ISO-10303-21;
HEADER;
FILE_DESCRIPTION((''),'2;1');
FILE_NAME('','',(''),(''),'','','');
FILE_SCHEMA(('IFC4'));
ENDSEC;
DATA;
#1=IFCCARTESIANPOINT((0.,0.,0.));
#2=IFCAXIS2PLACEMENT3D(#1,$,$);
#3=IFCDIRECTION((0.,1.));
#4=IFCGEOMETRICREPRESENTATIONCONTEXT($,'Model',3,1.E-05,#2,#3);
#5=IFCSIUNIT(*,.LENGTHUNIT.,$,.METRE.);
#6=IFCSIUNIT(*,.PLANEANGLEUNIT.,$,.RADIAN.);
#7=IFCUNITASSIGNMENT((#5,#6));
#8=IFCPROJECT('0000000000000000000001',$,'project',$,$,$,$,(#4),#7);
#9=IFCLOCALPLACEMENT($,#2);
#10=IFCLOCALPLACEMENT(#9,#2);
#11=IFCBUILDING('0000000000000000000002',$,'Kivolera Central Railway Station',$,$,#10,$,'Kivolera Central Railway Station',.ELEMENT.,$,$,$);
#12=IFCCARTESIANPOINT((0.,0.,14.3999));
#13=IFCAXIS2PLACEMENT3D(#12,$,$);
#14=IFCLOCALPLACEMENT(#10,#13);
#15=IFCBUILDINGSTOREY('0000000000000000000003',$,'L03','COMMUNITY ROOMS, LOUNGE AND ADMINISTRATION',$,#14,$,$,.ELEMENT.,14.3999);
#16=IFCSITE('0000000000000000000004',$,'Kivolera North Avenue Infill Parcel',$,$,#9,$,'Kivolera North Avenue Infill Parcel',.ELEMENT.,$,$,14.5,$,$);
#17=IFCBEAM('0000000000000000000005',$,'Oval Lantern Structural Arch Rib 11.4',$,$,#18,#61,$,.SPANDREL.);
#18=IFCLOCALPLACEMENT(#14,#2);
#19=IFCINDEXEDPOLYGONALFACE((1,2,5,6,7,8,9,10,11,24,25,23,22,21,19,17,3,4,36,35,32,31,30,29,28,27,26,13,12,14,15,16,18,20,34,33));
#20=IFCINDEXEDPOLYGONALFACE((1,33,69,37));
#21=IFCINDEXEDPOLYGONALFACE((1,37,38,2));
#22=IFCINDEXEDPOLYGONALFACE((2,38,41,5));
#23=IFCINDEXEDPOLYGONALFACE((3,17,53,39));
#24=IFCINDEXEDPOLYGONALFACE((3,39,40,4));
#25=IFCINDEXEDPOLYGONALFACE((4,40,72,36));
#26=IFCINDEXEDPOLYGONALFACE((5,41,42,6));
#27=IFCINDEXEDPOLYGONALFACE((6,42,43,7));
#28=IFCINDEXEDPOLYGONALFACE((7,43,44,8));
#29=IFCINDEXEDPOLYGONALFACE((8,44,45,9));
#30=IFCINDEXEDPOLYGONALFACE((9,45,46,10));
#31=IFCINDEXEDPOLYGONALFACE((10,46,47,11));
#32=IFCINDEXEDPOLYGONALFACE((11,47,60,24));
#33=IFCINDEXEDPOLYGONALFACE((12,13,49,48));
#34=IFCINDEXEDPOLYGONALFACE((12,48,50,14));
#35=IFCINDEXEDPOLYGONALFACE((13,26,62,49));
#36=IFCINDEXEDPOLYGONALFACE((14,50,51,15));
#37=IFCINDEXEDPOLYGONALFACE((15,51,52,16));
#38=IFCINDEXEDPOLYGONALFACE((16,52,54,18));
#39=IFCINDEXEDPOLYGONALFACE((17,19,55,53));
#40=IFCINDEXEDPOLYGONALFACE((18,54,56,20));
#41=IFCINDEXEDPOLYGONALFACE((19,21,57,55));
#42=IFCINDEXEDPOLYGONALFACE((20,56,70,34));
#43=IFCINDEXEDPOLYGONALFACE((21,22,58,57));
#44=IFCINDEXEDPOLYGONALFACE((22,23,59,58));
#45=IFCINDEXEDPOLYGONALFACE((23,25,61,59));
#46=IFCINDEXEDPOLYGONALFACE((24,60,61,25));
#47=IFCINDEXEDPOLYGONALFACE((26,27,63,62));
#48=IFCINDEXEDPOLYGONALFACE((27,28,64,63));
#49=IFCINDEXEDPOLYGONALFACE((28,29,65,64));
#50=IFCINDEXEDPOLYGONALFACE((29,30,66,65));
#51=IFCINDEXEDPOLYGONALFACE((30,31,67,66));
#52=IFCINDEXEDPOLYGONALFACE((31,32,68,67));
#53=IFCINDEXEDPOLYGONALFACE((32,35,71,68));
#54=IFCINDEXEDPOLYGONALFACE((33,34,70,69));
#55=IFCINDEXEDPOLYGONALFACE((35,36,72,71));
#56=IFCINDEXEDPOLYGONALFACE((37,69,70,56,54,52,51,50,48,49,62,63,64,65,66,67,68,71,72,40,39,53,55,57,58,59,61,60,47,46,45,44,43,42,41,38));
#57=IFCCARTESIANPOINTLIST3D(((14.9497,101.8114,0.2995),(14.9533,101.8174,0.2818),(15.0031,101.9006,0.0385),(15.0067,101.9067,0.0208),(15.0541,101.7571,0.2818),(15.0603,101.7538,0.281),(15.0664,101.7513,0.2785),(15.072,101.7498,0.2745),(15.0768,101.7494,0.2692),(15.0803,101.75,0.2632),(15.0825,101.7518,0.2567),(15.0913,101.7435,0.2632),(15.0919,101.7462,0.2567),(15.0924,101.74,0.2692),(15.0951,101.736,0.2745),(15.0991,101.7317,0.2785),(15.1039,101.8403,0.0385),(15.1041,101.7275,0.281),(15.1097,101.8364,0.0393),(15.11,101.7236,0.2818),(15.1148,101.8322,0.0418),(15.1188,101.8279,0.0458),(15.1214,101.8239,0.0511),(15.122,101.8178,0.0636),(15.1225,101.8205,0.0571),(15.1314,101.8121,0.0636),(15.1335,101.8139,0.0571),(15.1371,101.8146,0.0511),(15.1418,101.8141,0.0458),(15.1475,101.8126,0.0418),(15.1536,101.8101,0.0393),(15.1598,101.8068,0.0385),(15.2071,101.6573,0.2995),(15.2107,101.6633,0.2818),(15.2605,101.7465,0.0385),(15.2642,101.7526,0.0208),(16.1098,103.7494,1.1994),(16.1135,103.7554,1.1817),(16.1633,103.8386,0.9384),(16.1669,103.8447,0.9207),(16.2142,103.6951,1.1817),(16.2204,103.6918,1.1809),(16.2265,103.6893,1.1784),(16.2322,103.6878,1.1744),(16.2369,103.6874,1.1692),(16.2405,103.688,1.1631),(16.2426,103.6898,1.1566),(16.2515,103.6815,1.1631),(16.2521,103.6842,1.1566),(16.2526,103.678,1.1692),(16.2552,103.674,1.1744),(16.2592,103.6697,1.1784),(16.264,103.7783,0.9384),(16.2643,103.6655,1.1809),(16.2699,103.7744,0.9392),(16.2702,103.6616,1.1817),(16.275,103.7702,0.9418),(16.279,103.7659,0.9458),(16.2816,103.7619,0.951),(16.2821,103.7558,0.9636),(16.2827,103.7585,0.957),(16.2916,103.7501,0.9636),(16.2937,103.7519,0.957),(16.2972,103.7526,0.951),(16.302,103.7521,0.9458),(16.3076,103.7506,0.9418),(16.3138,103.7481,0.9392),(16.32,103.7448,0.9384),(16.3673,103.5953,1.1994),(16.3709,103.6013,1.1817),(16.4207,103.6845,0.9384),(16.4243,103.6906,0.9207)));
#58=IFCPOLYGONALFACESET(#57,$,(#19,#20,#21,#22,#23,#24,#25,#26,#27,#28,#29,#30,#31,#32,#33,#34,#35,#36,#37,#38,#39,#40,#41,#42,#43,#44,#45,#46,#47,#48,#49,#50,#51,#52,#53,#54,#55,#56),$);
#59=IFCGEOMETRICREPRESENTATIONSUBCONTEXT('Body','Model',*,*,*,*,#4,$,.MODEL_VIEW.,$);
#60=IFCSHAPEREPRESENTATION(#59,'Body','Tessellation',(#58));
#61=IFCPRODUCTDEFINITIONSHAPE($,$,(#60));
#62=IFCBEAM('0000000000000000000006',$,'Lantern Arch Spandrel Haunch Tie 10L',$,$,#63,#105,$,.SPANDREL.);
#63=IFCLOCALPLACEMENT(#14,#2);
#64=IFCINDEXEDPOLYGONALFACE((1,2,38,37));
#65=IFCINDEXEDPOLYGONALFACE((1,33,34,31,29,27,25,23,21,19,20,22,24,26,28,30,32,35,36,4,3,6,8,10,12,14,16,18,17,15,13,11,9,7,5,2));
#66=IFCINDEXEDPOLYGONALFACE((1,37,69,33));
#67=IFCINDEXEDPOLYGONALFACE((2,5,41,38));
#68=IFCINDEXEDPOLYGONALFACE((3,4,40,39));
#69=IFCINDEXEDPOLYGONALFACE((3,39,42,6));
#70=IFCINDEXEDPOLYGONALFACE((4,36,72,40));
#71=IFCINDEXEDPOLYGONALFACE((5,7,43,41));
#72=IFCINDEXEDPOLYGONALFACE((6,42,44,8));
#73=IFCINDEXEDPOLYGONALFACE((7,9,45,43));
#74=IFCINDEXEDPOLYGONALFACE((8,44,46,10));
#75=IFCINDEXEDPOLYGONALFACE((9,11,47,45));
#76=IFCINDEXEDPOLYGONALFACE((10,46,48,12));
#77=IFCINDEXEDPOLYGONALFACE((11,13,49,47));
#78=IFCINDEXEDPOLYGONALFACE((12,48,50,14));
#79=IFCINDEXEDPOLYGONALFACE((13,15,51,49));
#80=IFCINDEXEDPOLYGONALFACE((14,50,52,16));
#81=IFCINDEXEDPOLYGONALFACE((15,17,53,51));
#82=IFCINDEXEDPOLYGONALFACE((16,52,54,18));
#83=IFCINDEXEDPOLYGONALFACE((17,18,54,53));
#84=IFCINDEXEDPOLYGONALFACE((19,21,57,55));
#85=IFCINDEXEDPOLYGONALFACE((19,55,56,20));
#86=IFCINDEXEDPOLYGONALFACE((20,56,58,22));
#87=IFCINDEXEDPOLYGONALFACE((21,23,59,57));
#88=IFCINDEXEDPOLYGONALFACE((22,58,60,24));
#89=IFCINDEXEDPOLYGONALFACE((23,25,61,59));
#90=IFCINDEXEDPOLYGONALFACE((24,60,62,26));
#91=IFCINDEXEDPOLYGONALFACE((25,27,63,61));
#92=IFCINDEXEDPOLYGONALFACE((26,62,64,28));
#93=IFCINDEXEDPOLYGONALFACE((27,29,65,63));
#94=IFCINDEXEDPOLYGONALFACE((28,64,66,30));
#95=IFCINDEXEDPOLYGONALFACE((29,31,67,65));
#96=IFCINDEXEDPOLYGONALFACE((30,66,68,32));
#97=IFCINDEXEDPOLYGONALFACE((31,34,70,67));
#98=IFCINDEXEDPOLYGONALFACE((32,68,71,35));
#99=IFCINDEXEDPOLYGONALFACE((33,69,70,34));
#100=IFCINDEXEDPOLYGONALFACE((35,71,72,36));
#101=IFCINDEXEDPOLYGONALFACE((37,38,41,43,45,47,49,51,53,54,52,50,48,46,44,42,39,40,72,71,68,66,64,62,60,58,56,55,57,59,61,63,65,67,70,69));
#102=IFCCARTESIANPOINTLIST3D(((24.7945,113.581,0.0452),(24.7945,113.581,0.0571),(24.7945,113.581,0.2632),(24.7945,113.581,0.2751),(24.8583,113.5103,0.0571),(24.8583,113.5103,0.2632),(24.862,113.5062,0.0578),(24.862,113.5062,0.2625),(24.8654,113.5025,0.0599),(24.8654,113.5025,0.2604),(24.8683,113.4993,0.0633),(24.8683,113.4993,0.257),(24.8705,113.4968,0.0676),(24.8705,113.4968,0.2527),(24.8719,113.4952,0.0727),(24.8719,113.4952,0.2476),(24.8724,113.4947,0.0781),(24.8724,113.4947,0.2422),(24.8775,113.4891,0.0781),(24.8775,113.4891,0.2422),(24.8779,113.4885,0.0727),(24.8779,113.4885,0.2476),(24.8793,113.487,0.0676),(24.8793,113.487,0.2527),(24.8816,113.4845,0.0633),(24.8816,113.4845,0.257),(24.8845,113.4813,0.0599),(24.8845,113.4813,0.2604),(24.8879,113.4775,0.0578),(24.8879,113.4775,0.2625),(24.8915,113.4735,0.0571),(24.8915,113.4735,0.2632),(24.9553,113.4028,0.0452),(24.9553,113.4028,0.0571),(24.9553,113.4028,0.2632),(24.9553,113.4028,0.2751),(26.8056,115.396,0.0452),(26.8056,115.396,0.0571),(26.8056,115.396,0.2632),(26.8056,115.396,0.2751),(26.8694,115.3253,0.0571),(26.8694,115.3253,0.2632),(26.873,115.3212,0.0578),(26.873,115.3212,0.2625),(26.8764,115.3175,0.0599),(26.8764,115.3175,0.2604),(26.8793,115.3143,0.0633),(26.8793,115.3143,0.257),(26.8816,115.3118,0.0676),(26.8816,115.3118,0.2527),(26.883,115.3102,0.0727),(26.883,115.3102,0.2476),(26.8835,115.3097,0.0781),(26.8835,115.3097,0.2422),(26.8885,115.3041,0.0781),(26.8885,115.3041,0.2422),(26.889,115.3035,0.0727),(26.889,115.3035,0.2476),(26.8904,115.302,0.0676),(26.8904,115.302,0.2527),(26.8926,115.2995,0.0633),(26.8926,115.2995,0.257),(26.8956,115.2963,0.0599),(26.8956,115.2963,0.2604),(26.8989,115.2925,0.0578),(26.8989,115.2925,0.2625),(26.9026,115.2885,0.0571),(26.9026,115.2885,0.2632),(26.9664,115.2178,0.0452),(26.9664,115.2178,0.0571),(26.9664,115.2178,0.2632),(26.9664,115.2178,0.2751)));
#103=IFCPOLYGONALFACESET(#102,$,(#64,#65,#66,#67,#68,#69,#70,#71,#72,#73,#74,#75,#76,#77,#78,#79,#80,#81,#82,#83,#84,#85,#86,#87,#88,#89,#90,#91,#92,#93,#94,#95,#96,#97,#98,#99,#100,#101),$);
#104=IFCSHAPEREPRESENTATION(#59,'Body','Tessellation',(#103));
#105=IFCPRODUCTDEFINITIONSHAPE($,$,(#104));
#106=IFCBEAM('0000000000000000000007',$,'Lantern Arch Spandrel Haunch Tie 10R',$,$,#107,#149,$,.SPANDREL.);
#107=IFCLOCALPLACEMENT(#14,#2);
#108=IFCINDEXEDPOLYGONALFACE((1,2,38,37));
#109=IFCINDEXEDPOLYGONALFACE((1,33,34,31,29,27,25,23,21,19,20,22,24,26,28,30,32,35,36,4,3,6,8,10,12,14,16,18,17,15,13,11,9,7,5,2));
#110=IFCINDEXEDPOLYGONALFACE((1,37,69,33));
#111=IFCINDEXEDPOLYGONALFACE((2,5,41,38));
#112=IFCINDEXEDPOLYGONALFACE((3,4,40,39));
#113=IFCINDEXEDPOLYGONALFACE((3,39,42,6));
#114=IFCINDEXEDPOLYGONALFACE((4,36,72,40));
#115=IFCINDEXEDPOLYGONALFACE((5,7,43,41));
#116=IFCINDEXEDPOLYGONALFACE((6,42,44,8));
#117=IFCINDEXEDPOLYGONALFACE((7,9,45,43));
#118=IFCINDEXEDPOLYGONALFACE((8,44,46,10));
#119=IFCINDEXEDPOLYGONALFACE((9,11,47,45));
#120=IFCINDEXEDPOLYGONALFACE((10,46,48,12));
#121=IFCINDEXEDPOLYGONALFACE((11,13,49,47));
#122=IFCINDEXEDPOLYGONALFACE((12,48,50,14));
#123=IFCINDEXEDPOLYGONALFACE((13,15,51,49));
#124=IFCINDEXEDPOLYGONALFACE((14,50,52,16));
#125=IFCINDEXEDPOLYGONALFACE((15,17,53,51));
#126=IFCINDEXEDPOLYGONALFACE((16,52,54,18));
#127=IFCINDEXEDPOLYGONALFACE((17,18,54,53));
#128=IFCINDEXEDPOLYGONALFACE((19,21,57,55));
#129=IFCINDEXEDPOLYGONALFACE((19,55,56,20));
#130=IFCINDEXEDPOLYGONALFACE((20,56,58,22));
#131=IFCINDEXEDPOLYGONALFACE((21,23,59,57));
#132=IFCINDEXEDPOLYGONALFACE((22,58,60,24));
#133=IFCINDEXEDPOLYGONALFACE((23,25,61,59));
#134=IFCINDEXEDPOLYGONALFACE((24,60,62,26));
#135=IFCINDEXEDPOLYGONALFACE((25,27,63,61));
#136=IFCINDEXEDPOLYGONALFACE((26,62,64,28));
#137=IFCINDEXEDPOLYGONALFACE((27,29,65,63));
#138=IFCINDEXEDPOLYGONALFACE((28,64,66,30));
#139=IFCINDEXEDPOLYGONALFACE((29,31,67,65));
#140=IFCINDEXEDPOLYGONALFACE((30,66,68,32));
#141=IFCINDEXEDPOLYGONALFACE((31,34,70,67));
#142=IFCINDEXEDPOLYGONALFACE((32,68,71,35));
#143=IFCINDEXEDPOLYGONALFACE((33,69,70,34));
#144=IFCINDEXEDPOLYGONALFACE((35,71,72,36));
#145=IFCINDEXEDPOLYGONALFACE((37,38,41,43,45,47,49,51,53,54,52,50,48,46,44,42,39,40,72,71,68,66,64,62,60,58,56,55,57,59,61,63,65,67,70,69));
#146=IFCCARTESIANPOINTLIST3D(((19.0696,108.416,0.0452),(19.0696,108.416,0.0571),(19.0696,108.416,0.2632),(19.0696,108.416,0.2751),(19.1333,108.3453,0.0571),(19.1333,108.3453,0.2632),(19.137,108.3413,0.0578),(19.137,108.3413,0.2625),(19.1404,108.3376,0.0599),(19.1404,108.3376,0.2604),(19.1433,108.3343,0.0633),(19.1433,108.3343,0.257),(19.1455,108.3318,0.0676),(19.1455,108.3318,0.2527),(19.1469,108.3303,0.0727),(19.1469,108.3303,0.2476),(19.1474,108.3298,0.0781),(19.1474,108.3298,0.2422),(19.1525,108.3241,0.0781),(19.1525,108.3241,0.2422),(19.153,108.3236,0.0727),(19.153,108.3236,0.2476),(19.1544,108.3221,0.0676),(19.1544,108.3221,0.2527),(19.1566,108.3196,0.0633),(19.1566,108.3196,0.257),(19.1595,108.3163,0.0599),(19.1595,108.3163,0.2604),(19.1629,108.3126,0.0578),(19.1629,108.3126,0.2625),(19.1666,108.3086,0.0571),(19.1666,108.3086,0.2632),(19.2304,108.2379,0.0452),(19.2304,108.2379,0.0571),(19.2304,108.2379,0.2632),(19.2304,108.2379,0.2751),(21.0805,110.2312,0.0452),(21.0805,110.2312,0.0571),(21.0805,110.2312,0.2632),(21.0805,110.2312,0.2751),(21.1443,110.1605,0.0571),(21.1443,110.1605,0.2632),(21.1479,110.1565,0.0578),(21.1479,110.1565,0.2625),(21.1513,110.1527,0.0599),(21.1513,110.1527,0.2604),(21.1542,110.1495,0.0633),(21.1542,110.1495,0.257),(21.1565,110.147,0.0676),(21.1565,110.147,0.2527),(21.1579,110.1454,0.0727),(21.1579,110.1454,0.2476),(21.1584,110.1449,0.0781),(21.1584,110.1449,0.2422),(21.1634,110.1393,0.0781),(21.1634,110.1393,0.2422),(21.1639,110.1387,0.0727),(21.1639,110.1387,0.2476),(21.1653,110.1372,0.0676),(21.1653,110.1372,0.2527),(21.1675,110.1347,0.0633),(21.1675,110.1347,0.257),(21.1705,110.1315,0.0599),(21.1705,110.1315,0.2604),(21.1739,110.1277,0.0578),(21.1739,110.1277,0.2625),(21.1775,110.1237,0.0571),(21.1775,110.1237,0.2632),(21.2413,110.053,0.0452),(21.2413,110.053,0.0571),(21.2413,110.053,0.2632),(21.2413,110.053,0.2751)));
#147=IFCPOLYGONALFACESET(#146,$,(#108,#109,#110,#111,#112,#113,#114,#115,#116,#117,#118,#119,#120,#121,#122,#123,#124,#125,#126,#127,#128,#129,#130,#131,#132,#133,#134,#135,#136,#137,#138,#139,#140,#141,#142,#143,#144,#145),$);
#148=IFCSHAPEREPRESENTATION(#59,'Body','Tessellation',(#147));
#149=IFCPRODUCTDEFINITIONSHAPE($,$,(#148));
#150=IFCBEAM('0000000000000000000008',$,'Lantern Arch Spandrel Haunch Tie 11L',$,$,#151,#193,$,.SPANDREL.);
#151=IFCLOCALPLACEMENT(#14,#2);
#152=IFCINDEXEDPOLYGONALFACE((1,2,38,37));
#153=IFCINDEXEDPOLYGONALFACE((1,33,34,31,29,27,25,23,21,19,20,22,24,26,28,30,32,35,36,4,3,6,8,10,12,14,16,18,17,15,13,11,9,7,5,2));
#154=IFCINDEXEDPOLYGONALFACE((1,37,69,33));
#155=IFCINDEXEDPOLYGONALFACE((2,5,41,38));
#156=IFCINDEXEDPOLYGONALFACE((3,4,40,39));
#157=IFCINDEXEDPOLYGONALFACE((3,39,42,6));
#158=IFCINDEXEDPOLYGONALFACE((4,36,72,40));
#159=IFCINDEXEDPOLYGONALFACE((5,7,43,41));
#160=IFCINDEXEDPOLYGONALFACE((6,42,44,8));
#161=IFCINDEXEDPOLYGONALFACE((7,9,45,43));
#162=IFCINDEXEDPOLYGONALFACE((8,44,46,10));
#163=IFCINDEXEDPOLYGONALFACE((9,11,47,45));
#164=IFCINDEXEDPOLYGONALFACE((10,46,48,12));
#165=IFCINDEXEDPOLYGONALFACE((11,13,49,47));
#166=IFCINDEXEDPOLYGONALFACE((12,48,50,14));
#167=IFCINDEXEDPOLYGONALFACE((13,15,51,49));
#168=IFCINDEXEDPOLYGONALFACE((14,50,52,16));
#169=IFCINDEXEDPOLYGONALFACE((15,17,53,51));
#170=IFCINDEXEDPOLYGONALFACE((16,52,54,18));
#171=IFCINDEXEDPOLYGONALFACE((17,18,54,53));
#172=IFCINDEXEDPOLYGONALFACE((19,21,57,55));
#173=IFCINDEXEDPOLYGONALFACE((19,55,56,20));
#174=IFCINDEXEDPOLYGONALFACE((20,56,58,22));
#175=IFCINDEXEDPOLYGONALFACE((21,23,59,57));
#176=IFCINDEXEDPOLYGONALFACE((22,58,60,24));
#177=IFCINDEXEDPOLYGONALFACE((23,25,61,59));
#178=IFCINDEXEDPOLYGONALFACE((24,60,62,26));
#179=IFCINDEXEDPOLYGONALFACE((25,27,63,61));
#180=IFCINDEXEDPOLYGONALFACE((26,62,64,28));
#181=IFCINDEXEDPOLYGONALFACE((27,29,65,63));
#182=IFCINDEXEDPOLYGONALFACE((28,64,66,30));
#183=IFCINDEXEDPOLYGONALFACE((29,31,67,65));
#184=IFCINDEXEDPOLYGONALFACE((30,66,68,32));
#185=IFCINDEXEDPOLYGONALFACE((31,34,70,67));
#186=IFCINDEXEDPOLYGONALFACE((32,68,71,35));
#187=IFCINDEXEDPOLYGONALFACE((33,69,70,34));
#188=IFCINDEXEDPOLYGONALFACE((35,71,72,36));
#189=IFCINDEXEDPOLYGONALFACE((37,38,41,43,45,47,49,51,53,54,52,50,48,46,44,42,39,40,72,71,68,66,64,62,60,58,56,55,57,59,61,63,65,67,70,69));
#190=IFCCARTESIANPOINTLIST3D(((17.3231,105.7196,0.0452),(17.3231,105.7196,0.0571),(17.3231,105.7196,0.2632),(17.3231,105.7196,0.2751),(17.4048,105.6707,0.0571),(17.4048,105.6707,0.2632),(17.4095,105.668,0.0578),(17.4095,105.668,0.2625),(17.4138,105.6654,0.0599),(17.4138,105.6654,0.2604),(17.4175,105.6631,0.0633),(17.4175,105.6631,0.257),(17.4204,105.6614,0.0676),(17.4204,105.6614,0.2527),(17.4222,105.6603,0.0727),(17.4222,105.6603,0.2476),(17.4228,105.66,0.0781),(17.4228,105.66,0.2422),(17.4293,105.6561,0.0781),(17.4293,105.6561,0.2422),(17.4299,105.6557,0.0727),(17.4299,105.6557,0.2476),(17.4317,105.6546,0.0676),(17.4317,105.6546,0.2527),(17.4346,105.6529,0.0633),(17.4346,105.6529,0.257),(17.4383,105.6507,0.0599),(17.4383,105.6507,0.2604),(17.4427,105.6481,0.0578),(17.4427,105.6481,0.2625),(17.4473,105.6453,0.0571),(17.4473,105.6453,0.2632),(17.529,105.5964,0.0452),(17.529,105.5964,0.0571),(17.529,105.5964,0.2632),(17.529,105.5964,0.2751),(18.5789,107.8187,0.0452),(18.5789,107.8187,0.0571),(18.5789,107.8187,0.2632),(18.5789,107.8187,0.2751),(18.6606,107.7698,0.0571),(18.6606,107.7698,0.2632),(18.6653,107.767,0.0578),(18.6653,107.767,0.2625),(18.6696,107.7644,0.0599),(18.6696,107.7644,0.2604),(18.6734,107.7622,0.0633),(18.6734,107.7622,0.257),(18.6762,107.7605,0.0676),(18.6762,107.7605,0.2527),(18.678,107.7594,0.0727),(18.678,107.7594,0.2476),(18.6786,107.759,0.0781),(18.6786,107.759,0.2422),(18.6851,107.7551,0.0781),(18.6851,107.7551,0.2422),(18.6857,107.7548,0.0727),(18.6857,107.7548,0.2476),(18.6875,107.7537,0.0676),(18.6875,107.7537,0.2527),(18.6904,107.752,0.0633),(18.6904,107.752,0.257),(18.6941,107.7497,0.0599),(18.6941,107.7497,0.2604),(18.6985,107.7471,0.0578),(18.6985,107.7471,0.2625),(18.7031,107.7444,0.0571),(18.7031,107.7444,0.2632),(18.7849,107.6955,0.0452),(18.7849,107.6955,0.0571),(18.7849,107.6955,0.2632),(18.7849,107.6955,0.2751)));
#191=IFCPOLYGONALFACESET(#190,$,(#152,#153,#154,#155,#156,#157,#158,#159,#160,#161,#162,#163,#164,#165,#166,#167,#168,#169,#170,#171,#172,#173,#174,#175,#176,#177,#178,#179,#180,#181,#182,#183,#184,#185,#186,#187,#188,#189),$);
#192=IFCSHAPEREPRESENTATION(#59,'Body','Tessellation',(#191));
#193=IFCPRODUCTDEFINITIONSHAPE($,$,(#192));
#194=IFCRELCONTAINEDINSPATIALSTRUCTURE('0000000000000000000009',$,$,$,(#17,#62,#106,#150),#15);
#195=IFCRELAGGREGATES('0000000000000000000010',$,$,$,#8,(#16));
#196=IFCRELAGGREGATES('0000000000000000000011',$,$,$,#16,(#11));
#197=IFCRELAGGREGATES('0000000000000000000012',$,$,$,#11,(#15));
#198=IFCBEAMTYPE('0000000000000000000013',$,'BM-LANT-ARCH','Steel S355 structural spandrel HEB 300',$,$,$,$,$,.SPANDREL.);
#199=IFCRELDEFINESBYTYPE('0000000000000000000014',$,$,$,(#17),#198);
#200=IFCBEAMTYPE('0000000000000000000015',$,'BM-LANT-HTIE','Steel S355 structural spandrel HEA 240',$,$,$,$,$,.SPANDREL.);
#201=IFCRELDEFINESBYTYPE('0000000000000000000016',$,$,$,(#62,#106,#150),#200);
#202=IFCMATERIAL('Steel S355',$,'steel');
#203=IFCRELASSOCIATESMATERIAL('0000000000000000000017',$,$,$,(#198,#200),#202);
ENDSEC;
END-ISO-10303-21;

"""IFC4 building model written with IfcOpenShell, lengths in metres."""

from ifc_helpers import new_model, si_unit, direction, frame, origin, origin_2d, place, context, subcontext, project, spatial, i_section, extrude, material, material_profile, profile_set, type_object, element, save


model = new_model("IFC4")

# Units and contexts
model_context = context("Model", 3, precision=1e-05, world=origin(), true_north=direction((0.0, 1.0)))
body_context = subcontext(model_context, "Body", "Model", "MODEL_VIEW")
ifc_project = project(units=[si_unit("LENGTHUNIT", "METRE"), si_unit("PLANEANGLEUNIT", "RADIAN")], contexts=[model_context])

# Site, building, storey
site_placement = place(None, origin())
site = spatial("IfcSite", under=ifc_project, at=site_placement, Name="Kivolera North Avenue Infill Parcel", LongName="Kivolera North Avenue Infill Parcel", CompositionType="ELEMENT", RefElevation=14.5)
building_placement = place(site_placement, origin())
building = spatial("IfcBuilding", under=site, at=building_placement, Name="Kivolera Central Railway Station", LongName="Kivolera Central Railway Station", CompositionType="ELEMENT")
storey_placement = place(building_placement, frame((0.0, 0.0, 14.3999)))
storey = spatial("IfcBuildingStorey", under=building, at=storey_placement, Name="L03", Description="COMMUNITY ROOMS, LOUNGE AND ADMINISTRATION", CompositionType="ELEMENT", Elevation=14.3999)

# Beams
ifc_material_1 = material(Name="Steel S355", Category="steel")
ifc_material_profile_1 = material_profile(ifc_material_1, i_section(OverallWidth=0.3, OverallDepth=0.3, WebThickness=0.011, FlangeThickness=0.019, FilletRadius=0.0271, at=origin_2d()), Name="HEB 300")
ifc_profile_set_1 = profile_set([ifc_material_profile_1], Name="Steel S355")
beam_type_1 = type_object("IfcBeamType", Name="BM-LANT-ARCH", Description="Steel S355 structural spandrel HEB 300", PredefinedType="SPANDREL", material=ifc_profile_set_1)
beam_1_placement = place(storey_placement, frame((16.2671, 103.72, 1.0601), z_axis=(-0.477161, -0.797075, -0.370121), x_axis=(0.858008, -0.513637, 0.0)))
element("IfcBeam", 1, at=beam_1_placement, inside=storey, type_object=beam_type_1, Name="Oval Lantern Structural Arch Rib 11.4", PredefinedType="SPANDREL", context=body_context, shape_type="SweptSolid", body=[
    extrude(i_section(OverallWidth=0.3, OverallDepth=0.3, WebThickness=0.011, FlangeThickness=0.019, FilletRadius=0.0271, at=origin_2d()), origin(), (0.0, 0.0, 1.0), 2.4314),
])
ifc_material_profile_2 = material_profile(ifc_material_1, i_section(OverallWidth=0.24, OverallDepth=0.23, WebThickness=0.0076, FlangeThickness=0.012, FilletRadius=0.021, at=origin_2d()), Name="HEA 240")
ifc_profile_set_2 = profile_set([ifc_material_profile_2], Name="Steel S355")
beam_type_2 = type_object("IfcBeamType", Name="BM-LANT-HTIE", Description="Steel S355 structural spandrel HEA 240", PredefinedType="SPANDREL", material=ifc_profile_set_2)
for number, where, z_axis, x_axis, name in (
    (2, (26.886, 115.3069, 0.1602), (-0.742366, -0.669995, 0.0), (0.669995, -0.742366, 0.0), "Lantern Arch Spandrel Haunch Tie 10L"),
    (3, (21.1609, 110.1421, 0.1602), (-0.742321, -0.670044, 0.0), (0.670044, -0.742321, 0.0), "Lantern Arch Spandrel Haunch Tie 10R"),
):
    element("IfcBeam", number, at=place(storey_placement, frame(where, z_axis=z_axis, x_axis=x_axis)), inside=storey, type_object=beam_type_2, Name=name, PredefinedType="SPANDREL", context=body_context, shape_type="SweptSolid", body=[
        extrude(i_section(OverallWidth=0.24, OverallDepth=0.23, WebThickness=0.0076, FlangeThickness=0.012, FilletRadius=0.021, at=origin_2d()), origin(), (0.0, 0.0, 1.0), 2.709),
    ])
beam_2_placement = place(storey_placement, frame((18.6819, 107.7571, 0.1602), z_axis=(-0.513409, -0.858144, 0.0), x_axis=(0.858144, -0.513409, 0.0)))
element("IfcBeam", 4, at=beam_2_placement, inside=storey, type_object=beam_type_2, Name="Lantern Arch Spandrel Haunch Tie 11L", PredefinedType="SPANDREL", context=body_context, shape_type="SweptSolid", body=[
    extrude(i_section(OverallWidth=0.24, OverallDepth=0.23, WebThickness=0.0076, FlangeThickness=0.012, FilletRadius=0.021, at=origin_2d()), origin(), (0.0, 0.0, 1.0), 2.446),
])

save(model, "model.ifc")
